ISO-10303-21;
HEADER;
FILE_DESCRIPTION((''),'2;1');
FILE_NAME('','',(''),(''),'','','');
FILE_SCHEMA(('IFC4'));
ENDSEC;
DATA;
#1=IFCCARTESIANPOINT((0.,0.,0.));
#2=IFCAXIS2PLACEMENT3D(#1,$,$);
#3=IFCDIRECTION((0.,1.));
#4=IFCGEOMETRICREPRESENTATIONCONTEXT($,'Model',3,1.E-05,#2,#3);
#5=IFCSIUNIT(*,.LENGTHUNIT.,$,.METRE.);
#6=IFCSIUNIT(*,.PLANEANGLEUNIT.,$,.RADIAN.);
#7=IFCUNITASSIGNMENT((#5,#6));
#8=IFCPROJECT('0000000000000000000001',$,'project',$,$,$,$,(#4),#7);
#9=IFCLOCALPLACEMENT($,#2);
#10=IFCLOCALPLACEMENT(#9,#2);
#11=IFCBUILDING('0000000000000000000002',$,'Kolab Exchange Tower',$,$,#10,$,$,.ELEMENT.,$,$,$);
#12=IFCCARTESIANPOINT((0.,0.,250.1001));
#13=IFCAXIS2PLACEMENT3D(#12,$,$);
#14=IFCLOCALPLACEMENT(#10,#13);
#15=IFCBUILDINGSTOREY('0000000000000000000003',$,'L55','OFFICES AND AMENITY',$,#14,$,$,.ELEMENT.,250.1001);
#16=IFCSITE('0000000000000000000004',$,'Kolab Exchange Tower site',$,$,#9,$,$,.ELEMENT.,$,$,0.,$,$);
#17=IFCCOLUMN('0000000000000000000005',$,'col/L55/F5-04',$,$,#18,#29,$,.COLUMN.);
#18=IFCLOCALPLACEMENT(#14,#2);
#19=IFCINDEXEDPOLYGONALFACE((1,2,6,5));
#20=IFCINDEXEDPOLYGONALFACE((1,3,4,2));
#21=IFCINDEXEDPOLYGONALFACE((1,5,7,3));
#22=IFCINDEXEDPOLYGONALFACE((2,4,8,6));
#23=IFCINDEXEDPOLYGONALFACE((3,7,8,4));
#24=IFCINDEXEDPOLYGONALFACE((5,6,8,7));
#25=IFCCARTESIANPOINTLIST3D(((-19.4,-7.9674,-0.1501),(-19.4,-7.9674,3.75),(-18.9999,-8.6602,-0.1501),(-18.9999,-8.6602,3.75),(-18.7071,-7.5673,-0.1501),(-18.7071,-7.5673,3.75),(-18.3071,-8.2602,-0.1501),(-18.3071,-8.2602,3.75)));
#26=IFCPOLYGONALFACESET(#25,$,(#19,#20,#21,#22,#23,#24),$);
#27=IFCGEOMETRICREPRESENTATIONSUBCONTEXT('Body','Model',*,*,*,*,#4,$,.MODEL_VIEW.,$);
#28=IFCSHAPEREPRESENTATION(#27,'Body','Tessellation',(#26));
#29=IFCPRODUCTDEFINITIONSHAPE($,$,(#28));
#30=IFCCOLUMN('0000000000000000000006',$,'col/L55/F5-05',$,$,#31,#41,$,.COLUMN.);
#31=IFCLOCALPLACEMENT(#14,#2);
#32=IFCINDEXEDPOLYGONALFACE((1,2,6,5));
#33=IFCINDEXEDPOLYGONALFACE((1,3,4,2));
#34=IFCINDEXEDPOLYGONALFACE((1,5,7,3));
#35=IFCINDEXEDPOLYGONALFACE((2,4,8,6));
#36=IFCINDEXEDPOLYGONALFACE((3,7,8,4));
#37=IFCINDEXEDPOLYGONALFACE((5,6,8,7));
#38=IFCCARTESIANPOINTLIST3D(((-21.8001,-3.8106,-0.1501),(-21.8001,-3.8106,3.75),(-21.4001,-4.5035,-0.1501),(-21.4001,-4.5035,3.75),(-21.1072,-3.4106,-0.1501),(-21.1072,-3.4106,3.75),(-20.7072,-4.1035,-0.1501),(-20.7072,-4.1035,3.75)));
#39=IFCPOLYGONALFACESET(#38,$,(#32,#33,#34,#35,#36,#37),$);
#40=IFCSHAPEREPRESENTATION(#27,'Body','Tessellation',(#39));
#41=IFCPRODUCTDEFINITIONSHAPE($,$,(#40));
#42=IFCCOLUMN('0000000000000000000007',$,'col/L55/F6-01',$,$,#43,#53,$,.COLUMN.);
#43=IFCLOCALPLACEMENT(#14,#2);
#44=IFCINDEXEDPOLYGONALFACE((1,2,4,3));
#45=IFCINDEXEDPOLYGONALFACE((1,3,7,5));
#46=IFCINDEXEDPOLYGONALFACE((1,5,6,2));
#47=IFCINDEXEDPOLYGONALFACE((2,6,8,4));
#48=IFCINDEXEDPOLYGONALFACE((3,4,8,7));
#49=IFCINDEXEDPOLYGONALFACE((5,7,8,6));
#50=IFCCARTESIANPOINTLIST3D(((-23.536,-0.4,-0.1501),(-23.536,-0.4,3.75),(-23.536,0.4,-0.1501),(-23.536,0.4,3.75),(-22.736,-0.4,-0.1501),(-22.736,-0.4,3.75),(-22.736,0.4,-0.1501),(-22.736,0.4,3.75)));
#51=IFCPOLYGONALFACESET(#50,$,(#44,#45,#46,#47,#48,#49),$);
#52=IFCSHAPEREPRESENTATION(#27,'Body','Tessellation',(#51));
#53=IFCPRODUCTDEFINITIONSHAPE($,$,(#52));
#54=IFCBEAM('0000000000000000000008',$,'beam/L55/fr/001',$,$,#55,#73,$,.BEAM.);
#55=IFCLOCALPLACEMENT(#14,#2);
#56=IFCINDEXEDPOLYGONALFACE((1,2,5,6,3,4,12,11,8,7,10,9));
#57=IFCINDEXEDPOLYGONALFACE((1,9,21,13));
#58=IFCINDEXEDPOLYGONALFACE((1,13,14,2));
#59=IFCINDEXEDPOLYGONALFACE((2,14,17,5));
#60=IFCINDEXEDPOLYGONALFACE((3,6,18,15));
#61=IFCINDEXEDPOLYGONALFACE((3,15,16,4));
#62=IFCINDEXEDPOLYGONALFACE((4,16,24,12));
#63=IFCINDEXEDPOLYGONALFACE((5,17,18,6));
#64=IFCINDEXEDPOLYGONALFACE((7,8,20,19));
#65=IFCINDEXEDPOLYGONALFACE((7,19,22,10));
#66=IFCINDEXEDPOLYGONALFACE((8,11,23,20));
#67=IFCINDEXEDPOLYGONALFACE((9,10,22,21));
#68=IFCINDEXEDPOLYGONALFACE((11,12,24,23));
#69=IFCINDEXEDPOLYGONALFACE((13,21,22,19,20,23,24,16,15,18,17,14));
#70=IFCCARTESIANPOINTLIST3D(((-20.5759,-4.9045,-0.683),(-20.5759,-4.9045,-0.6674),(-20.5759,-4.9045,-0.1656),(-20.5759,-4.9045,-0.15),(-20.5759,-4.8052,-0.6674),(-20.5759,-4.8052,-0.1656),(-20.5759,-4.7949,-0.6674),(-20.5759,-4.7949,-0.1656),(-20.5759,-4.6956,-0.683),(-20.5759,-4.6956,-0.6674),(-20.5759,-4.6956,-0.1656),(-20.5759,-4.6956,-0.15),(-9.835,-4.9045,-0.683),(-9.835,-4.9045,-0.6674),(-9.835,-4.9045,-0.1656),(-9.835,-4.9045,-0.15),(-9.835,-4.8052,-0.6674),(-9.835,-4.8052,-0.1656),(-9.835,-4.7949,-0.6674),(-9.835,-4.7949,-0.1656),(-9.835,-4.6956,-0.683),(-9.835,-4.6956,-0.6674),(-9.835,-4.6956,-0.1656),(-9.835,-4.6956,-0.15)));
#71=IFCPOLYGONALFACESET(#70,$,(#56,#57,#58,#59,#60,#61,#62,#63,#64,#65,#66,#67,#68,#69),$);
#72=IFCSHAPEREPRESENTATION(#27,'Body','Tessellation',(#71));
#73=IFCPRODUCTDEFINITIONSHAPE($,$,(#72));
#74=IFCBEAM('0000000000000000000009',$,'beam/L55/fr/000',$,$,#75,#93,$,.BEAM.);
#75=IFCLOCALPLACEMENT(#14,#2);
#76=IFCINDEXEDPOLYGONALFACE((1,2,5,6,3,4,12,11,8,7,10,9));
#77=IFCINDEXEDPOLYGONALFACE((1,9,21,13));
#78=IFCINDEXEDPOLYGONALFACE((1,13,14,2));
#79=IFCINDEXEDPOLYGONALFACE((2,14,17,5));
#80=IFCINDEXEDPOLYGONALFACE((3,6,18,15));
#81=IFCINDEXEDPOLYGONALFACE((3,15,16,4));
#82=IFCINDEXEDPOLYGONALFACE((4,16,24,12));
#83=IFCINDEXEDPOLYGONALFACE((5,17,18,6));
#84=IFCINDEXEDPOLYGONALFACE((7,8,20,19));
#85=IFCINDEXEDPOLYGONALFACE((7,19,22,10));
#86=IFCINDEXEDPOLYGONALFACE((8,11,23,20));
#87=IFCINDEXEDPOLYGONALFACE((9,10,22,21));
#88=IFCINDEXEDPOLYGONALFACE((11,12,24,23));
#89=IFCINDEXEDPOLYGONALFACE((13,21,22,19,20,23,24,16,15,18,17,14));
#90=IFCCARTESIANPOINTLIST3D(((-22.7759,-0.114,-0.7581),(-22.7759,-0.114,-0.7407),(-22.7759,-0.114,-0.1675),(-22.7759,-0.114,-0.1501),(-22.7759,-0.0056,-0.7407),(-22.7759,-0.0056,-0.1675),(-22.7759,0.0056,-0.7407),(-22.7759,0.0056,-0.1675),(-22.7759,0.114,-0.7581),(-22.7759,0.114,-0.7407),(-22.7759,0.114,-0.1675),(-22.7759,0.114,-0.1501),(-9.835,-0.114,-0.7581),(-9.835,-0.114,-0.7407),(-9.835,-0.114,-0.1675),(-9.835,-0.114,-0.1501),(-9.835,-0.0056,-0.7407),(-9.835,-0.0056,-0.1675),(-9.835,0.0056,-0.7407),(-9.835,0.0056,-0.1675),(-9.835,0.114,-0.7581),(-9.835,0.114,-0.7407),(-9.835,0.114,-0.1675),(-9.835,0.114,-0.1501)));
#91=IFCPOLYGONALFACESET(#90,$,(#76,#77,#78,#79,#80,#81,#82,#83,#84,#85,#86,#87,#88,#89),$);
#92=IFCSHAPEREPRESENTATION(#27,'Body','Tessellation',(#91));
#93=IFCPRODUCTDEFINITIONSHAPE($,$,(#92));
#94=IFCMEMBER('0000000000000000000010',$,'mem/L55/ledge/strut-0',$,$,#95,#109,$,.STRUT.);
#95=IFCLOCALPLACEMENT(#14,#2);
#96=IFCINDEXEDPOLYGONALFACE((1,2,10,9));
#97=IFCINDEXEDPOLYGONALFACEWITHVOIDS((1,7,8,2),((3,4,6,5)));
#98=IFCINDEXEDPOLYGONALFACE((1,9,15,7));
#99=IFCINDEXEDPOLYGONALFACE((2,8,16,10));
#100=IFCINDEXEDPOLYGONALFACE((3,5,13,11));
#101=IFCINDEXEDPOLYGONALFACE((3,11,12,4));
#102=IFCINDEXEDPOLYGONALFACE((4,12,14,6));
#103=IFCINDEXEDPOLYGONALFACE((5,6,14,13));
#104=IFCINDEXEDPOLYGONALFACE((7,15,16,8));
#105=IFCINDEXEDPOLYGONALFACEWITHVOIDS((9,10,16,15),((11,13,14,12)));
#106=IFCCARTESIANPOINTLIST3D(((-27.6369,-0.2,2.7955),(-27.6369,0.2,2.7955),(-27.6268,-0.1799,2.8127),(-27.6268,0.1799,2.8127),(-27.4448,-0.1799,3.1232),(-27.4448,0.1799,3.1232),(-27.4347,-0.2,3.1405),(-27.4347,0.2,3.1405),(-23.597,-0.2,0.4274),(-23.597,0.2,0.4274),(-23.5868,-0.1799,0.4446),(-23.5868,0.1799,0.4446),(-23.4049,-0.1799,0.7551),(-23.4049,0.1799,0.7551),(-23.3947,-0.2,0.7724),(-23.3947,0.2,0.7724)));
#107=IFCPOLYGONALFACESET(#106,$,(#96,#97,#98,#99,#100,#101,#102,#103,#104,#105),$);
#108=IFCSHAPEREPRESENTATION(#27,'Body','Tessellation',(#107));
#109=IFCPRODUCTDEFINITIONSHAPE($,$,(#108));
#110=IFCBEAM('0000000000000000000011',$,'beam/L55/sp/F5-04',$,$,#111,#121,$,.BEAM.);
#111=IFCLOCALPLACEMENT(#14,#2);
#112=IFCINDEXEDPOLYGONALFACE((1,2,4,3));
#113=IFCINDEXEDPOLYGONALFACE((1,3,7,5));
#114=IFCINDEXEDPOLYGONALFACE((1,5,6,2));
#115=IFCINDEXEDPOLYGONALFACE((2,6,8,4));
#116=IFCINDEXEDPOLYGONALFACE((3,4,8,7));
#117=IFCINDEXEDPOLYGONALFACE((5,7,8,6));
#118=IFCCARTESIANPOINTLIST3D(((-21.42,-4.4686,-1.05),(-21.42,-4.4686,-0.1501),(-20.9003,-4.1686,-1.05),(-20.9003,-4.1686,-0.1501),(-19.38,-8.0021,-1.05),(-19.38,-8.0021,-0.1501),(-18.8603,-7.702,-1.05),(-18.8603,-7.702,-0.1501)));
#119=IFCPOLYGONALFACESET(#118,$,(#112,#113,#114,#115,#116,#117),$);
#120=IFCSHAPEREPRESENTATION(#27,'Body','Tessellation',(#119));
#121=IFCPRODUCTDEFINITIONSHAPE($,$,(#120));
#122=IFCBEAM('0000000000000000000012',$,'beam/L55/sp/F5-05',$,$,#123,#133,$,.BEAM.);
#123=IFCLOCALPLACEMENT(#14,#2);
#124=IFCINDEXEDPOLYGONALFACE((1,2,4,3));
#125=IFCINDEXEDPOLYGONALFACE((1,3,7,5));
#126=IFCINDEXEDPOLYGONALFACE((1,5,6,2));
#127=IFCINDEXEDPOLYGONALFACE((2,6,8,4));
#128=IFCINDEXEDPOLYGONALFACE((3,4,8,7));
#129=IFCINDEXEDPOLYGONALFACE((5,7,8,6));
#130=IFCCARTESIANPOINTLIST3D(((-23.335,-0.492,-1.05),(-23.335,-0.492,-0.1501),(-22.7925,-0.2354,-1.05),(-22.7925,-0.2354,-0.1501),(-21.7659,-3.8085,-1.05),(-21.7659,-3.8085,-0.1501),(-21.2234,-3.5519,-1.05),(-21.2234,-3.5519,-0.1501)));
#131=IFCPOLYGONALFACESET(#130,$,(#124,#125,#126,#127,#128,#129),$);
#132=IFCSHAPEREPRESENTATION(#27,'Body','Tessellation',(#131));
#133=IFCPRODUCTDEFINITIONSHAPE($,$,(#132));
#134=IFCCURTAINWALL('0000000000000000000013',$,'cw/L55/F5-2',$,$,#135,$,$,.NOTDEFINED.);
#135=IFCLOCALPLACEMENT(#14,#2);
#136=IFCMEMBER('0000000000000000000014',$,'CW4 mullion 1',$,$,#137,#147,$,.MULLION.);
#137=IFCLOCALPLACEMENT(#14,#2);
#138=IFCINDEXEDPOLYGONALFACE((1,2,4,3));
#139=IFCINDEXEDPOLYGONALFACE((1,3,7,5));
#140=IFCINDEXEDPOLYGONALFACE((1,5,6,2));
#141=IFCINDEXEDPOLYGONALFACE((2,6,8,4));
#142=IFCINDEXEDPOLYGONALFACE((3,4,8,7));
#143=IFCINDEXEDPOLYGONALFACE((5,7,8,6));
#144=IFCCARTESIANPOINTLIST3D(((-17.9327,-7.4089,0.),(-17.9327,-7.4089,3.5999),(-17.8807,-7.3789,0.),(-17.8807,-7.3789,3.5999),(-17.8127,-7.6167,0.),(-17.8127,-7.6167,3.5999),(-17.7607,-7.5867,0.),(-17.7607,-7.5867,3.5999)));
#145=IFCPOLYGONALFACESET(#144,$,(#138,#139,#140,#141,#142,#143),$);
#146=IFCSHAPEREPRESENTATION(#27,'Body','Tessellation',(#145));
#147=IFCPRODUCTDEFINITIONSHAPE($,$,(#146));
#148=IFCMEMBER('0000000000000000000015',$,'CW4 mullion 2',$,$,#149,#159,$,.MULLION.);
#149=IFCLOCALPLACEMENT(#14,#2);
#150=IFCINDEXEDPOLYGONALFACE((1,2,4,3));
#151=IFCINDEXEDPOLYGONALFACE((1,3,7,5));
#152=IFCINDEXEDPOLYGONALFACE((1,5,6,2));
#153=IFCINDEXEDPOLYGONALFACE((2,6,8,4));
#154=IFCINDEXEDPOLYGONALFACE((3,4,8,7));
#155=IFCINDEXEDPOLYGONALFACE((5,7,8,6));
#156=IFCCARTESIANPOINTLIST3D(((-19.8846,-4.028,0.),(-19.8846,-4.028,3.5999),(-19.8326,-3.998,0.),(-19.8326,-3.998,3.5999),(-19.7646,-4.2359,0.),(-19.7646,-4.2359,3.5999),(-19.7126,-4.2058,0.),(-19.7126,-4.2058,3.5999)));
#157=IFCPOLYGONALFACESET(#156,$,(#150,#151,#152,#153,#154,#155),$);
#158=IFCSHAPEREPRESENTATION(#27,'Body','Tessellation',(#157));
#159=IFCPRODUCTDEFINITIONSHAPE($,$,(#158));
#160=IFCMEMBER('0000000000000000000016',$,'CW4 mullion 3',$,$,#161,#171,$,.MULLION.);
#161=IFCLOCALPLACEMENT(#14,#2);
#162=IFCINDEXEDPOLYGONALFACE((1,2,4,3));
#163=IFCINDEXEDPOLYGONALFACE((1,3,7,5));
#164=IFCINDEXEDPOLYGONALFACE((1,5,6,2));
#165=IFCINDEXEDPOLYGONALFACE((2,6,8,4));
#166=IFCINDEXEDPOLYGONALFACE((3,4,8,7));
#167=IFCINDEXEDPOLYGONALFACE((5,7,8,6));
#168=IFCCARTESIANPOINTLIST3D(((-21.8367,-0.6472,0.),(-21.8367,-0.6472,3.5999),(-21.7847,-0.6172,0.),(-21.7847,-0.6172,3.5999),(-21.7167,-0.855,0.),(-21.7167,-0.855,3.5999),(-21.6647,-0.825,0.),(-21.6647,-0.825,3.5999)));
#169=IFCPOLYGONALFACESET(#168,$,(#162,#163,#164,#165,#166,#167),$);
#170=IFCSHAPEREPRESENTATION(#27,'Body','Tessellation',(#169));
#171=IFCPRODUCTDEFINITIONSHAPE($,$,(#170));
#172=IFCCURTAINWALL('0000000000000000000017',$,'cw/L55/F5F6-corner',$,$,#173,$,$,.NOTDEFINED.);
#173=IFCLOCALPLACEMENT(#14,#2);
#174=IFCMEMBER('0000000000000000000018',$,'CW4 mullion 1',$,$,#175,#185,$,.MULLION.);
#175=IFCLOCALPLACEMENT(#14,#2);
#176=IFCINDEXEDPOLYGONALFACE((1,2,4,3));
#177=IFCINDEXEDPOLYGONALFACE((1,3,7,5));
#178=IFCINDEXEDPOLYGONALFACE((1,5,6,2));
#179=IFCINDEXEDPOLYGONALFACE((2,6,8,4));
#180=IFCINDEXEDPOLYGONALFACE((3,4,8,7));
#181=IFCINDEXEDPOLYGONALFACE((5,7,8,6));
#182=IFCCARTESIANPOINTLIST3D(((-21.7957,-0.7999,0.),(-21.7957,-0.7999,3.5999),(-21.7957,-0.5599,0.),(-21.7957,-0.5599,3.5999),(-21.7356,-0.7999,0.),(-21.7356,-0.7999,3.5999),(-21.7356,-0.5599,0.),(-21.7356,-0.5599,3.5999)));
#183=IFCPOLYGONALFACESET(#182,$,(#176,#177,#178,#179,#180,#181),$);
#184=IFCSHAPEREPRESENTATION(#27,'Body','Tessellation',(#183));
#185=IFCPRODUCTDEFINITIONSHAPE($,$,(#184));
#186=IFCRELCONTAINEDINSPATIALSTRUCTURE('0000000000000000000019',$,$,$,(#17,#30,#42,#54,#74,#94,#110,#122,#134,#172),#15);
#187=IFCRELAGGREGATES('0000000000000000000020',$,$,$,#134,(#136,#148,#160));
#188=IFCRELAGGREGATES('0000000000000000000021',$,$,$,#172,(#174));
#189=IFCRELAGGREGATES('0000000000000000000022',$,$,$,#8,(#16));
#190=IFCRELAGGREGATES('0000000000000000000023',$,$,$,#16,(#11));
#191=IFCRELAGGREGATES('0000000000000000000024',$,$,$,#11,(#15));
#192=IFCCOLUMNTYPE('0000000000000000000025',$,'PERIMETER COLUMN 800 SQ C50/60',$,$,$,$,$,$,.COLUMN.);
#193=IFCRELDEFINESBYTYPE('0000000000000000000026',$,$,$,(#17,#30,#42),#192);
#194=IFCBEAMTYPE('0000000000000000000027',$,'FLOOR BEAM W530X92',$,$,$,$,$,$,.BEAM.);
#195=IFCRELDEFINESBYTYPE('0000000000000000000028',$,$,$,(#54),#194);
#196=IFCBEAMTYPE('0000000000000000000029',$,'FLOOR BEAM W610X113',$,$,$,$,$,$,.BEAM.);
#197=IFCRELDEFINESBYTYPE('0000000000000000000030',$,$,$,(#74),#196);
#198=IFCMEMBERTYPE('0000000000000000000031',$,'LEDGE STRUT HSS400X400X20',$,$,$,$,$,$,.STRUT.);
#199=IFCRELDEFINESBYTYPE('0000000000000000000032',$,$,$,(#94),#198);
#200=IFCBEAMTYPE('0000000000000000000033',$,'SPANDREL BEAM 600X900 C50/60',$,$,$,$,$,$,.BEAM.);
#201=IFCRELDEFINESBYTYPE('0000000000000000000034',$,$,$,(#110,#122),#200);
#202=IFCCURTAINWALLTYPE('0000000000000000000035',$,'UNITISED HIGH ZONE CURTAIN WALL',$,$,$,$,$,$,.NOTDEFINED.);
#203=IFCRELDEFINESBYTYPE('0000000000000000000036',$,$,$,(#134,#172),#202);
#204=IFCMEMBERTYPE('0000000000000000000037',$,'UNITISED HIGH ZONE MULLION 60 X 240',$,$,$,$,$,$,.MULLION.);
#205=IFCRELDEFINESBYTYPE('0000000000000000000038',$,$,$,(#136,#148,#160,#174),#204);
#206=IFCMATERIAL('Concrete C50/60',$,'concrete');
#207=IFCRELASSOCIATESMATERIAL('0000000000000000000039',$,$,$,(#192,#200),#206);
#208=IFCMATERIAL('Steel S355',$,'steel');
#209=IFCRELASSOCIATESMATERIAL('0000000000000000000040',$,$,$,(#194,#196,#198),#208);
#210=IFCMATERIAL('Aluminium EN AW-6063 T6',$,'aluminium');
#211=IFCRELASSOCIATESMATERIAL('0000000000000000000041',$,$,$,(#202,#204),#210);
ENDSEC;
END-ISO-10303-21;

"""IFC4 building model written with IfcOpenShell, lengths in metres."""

from ifc_helpers import new_model, si_unit, direction, frame, origin, origin_2d, place, context, subcontext, project, spatial, rectangle, hollow_rectangle, i_section, extrude, material, material_profile, profile_set, type_object, element, aggregate, save


model = new_model("IFC4")

# Units and contexts
model_context = context("Model", 3, precision=1e-05, world=origin(), true_north=direction((0.0, 1.0)))
body_context = subcontext(model_context, "Body", "Model", "MODEL_VIEW")
ifc_project = project(units=[si_unit("LENGTHUNIT", "METRE"), si_unit("PLANEANGLEUNIT", "RADIAN")], contexts=[model_context])

# Site, building, storey
site_placement = place(None, origin())
site = spatial("IfcSite", under=ifc_project, at=site_placement, Name="Kolab Exchange Tower site", CompositionType="ELEMENT", RefElevation=0.0)
building_placement = place(site_placement, origin())
building = spatial("IfcBuilding", under=site, at=building_placement, Name="Kolab Exchange Tower", CompositionType="ELEMENT")
storey_placement = place(building_placement, frame((0.0, 0.0, 250.1001)))
storey = spatial("IfcBuildingStorey", under=building, at=storey_placement, Name="L55", Description="OFFICES AND AMENITY", CompositionType="ELEMENT", Elevation=250.1001)

# Columns
ifc_material_1 = material(Name="Concrete C50/60", Category="concrete")
ifc_material_profile_1 = material_profile(ifc_material_1, rectangle(XDim=0.8, YDim=0.8, at=origin_2d()), Name="RC800")
ifc_profile_set_1 = profile_set([ifc_material_profile_1], Name="Concrete C50/60")
column_type = type_object("IfcColumnType", Name="PERIMETER COLUMN 800 SQ C50/60", PredefinedType="COLUMN", material=ifc_profile_set_1)
for number, where, z_axis, x_axis, name in (
    (1, (-18.8535, -8.1138, -0.1501), (0.0, 0.0, 1.0), (0.866025, 0.5, 0.0), "col/L55/F5-04"),
    (2, (-21.2537, -3.957, -0.1501), (0.0, 0.0, 1.0), (0.866025, 0.5, 0.0), "col/L55/F5-05"),
    (3, (-23.136, 0.0, -0.1501), (0.0, 0.0, 1.0), (1.0, 0.0, 0.0), "col/L55/F6-01"),
):
    element("IfcColumn", number, at=place(storey_placement, frame(where, z_axis=z_axis, x_axis=x_axis)), inside=storey, type_object=column_type, Name=name, PredefinedType="COLUMN", context=body_context, shape_type="SweptSolid", body=[
        extrude(rectangle(XDim=0.8, YDim=0.8, at=origin_2d()), origin(), (0.0, 0.0, 1.0), 3.9001),
    ])

# Beams
ifc_material_2 = material(Name="Steel S355", Category="steel")
ifc_material_profile_2 = material_profile(ifc_material_2, i_section(OverallWidth=0.209, OverallDepth=0.533, WebThickness=0.0103, FlangeThickness=0.0156, at=origin_2d()), Name="W530X92")
ifc_profile_set_2 = profile_set([ifc_material_profile_2], Name="Steel S355")
beam_type_1 = type_object("IfcBeamType", Name="FLOOR BEAM W530X92", PredefinedType="BEAM", material=ifc_profile_set_2)
beam_1_placement = place(storey_placement, frame((-20.5759, -4.8, -0.4165), z_axis=(1.0, 0.0, 0.0), x_axis=(0.0, 1.0, 0.0)))
element("IfcBeam", 4, at=beam_1_placement, inside=storey, type_object=beam_type_1, Name="beam/L55/fr/001", PredefinedType="BEAM", context=body_context, shape_type="SweptSolid", body=[
    extrude(i_section(OverallWidth=0.209, OverallDepth=0.533, WebThickness=0.0103, FlangeThickness=0.0156, at=origin_2d()), origin(), (0.0, 0.0, 1.0), 10.741),
])
ifc_material_profile_3 = material_profile(ifc_material_2, i_section(OverallWidth=0.228, OverallDepth=0.6079, WebThickness=0.0112, FlangeThickness=0.0173, at=origin_2d()), Name="W610X113")
ifc_profile_set_3 = profile_set([ifc_material_profile_3], Name="Steel S355")
beam_type_2 = type_object("IfcBeamType", Name="FLOOR BEAM W610X113", PredefinedType="BEAM", material=ifc_profile_set_3)
beam_2_placement = place(storey_placement, frame((-22.7759, 0.0, -0.4541), z_axis=(1.0, 0.0, 0.0), x_axis=(0.0, 1.0, 0.0)))
element("IfcBeam", 5, at=beam_2_placement, inside=storey, type_object=beam_type_2, Name="beam/L55/fr/000", PredefinedType="BEAM", context=body_context, shape_type="SweptSolid", body=[
    extrude(i_section(OverallWidth=0.228, OverallDepth=0.6079, WebThickness=0.0112, FlangeThickness=0.0173, at=origin_2d()), origin(), (0.0, 0.0, 1.0), 12.9409),
])

# Member
ifc_material_profile_4 = material_profile(ifc_material_2, hollow_rectangle(XDim=0.3999, YDim=0.3999, WallThickness=0.02, at=origin_2d()), Name="HSS400X400X20")
ifc_profile_set_4 = profile_set([ifc_material_profile_4], Name="Steel S355")
member_type_1 = type_object("IfcMemberType", Name="LEDGE STRUT HSS400X400X20", PredefinedType="STRUT", material=ifc_profile_set_4)
member_1_placement = place(storey_placement, frame((-23.4958, 0.0, 0.5999), z_axis=(-0.862711, 0.0, 0.505698), x_axis=(0.0, -1.0, 0.0)))
element("IfcMember", 6, at=member_1_placement, inside=storey, type_object=member_type_1, Name="mem/L55/ledge/strut-0", PredefinedType="STRUT", context=body_context, shape_type="SweptSolid", body=[
    extrude(hollow_rectangle(XDim=0.3999, YDim=0.3999, WallThickness=0.02, at=origin_2d()), origin(), (0.0, 0.0, 1.0), 4.6829),
])

# Beams
ifc_material_profile_5 = material_profile(ifc_material_1, rectangle(XDim=0.6001, YDim=0.8999, at=origin_2d()), Name="RC600X900")
ifc_profile_set_5 = profile_set([ifc_material_profile_5], Name="Concrete C50/60")
beam_type_3 = type_object("IfcBeamType", Name="SPANDREL BEAM 600X900 C50/60", PredefinedType="BEAM", material=ifc_profile_set_5)
beam_3_placement = place(storey_placement, frame((-19.1201, -7.8521, -0.6001), z_axis=(-0.5, 0.866025, 0.0), x_axis=(-0.866025, -0.5, 0.0)))
element("IfcBeam", 7, at=beam_3_placement, inside=storey, type_object=beam_type_3, Name="beam/L55/sp/F5-04", PredefinedType="BEAM", context=body_context, shape_type="SweptSolid", body=[
    extrude(rectangle(XDim=0.6001, YDim=0.8999, at=origin_2d()), origin(), (0.0, 0.0, 1.0), 4.0801),
])
beam_4_placement = place(storey_placement, frame((-21.4946, -3.6802, -0.6001), z_axis=(-0.427677, 0.903932, 0.0), x_axis=(-0.903932, -0.427677, 0.0)))
element("IfcBeam", 8, at=beam_4_placement, inside=storey, type_object=beam_type_3, Name="beam/L55/sp/F5-05", PredefinedType="BEAM", context=body_context, shape_type="SweptSolid", body=[
    extrude(rectangle(XDim=0.6001, YDim=0.8999, at=origin_2d()), origin(), (0.0, 0.0, 1.0), 3.6689),
])

# Curtain wall, members
ifc_material_3 = material(Name="Aluminium EN AW-6063 T6", Category="aluminium")
curtain_wall_type = type_object("IfcCurtainWallType", Name="UNITISED HIGH ZONE CURTAIN WALL", PredefinedType="NOTDEFINED", material=ifc_material_3)
curtain_wall_1_placement = place(storey_placement, origin())
curtain_wall_1 = element("IfcCurtainWall", 9, at=curtain_wall_1_placement, inside=storey, type_object=curtain_wall_type, Name="cw/L55/F5-2", PredefinedType="NOTDEFINED")
ifc_material_profile_6 = material_profile(ifc_material_3, rectangle(XDim=0.0601, YDim=0.24, at=origin_2d()), Name="RECT 60X240")
ifc_profile_set_6 = profile_set([ifc_material_profile_6], Name="Aluminium EN AW-6063 T6")
member_type_2 = type_object("IfcMemberType", Name="UNITISED HIGH ZONE MULLION 60 X 240", PredefinedType="MULLION", material=ifc_profile_set_6)
member_2_placement = place(storey_placement, frame((-17.8467, -7.4978, 0.0), z_axis=(0.0, 0.0, 1.0), x_axis=(-0.866025, -0.5, 0.0)))
member_2 = element("IfcMember", 10, at=member_2_placement, type_object=member_type_2, Name="CW4 mullion 1", PredefinedType="MULLION", context=body_context, shape_type="SweptSolid", body=[
    extrude(rectangle(XDim=0.0601, YDim=0.24, at=origin_2d()), origin(), (0.0, 0.0, 1.0), 3.5999),
])
member_3_placement = place(storey_placement, frame((-19.7986, -4.1169, 0.0), z_axis=(0.0, 0.0, 1.0), x_axis=(-0.866025, -0.5, 0.0)))
member_3 = element("IfcMember", 11, at=member_3_placement, type_object=member_type_2, Name="CW4 mullion 2", PredefinedType="MULLION", context=body_context, shape_type="SweptSolid", body=[
    extrude(rectangle(XDim=0.0601, YDim=0.24, at=origin_2d()), origin(), (0.0, 0.0, 1.0), 3.5999),
])
member_4_placement = place(storey_placement, frame((-21.7507, -0.7361, 0.0), z_axis=(0.0, 0.0, 1.0), x_axis=(-0.866025, -0.5, 0.0)))
member_4 = element("IfcMember", 12, at=member_4_placement, type_object=member_type_2, Name="CW4 mullion 3", PredefinedType="MULLION", context=body_context, shape_type="SweptSolid", body=[
    extrude(rectangle(XDim=0.0601, YDim=0.24, at=origin_2d()), origin(), (0.0, 0.0, 1.0), 3.5999),
])

# Curtain wall, member
curtain_wall_2_placement = place(storey_placement, origin())
curtain_wall_2 = element("IfcCurtainWall", 13, at=curtain_wall_2_placement, inside=storey, type_object=curtain_wall_type, Name="cw/L55/F5F6-corner", PredefinedType="NOTDEFINED")
member_5_placement = place(storey_placement, frame((-21.7656, -0.6799, 0.0), z_axis=(0.0, 0.0, 1.0), x_axis=(-1.0, 0.0, 0.0)))
member_5 = element("IfcMember", 14, at=member_5_placement, type_object=member_type_2, Name="CW4 mullion 1", PredefinedType="MULLION", context=body_context, shape_type="SweptSolid", body=[
    extrude(rectangle(XDim=0.0601, YDim=0.24, at=origin_2d()), origin(), (0.0, 0.0, 1.0), 3.5999),
])

aggregate(curtain_wall_1, [member_2, member_3, member_4])
aggregate(curtain_wall_2, [member_5])

save(model, "model.ifc")
